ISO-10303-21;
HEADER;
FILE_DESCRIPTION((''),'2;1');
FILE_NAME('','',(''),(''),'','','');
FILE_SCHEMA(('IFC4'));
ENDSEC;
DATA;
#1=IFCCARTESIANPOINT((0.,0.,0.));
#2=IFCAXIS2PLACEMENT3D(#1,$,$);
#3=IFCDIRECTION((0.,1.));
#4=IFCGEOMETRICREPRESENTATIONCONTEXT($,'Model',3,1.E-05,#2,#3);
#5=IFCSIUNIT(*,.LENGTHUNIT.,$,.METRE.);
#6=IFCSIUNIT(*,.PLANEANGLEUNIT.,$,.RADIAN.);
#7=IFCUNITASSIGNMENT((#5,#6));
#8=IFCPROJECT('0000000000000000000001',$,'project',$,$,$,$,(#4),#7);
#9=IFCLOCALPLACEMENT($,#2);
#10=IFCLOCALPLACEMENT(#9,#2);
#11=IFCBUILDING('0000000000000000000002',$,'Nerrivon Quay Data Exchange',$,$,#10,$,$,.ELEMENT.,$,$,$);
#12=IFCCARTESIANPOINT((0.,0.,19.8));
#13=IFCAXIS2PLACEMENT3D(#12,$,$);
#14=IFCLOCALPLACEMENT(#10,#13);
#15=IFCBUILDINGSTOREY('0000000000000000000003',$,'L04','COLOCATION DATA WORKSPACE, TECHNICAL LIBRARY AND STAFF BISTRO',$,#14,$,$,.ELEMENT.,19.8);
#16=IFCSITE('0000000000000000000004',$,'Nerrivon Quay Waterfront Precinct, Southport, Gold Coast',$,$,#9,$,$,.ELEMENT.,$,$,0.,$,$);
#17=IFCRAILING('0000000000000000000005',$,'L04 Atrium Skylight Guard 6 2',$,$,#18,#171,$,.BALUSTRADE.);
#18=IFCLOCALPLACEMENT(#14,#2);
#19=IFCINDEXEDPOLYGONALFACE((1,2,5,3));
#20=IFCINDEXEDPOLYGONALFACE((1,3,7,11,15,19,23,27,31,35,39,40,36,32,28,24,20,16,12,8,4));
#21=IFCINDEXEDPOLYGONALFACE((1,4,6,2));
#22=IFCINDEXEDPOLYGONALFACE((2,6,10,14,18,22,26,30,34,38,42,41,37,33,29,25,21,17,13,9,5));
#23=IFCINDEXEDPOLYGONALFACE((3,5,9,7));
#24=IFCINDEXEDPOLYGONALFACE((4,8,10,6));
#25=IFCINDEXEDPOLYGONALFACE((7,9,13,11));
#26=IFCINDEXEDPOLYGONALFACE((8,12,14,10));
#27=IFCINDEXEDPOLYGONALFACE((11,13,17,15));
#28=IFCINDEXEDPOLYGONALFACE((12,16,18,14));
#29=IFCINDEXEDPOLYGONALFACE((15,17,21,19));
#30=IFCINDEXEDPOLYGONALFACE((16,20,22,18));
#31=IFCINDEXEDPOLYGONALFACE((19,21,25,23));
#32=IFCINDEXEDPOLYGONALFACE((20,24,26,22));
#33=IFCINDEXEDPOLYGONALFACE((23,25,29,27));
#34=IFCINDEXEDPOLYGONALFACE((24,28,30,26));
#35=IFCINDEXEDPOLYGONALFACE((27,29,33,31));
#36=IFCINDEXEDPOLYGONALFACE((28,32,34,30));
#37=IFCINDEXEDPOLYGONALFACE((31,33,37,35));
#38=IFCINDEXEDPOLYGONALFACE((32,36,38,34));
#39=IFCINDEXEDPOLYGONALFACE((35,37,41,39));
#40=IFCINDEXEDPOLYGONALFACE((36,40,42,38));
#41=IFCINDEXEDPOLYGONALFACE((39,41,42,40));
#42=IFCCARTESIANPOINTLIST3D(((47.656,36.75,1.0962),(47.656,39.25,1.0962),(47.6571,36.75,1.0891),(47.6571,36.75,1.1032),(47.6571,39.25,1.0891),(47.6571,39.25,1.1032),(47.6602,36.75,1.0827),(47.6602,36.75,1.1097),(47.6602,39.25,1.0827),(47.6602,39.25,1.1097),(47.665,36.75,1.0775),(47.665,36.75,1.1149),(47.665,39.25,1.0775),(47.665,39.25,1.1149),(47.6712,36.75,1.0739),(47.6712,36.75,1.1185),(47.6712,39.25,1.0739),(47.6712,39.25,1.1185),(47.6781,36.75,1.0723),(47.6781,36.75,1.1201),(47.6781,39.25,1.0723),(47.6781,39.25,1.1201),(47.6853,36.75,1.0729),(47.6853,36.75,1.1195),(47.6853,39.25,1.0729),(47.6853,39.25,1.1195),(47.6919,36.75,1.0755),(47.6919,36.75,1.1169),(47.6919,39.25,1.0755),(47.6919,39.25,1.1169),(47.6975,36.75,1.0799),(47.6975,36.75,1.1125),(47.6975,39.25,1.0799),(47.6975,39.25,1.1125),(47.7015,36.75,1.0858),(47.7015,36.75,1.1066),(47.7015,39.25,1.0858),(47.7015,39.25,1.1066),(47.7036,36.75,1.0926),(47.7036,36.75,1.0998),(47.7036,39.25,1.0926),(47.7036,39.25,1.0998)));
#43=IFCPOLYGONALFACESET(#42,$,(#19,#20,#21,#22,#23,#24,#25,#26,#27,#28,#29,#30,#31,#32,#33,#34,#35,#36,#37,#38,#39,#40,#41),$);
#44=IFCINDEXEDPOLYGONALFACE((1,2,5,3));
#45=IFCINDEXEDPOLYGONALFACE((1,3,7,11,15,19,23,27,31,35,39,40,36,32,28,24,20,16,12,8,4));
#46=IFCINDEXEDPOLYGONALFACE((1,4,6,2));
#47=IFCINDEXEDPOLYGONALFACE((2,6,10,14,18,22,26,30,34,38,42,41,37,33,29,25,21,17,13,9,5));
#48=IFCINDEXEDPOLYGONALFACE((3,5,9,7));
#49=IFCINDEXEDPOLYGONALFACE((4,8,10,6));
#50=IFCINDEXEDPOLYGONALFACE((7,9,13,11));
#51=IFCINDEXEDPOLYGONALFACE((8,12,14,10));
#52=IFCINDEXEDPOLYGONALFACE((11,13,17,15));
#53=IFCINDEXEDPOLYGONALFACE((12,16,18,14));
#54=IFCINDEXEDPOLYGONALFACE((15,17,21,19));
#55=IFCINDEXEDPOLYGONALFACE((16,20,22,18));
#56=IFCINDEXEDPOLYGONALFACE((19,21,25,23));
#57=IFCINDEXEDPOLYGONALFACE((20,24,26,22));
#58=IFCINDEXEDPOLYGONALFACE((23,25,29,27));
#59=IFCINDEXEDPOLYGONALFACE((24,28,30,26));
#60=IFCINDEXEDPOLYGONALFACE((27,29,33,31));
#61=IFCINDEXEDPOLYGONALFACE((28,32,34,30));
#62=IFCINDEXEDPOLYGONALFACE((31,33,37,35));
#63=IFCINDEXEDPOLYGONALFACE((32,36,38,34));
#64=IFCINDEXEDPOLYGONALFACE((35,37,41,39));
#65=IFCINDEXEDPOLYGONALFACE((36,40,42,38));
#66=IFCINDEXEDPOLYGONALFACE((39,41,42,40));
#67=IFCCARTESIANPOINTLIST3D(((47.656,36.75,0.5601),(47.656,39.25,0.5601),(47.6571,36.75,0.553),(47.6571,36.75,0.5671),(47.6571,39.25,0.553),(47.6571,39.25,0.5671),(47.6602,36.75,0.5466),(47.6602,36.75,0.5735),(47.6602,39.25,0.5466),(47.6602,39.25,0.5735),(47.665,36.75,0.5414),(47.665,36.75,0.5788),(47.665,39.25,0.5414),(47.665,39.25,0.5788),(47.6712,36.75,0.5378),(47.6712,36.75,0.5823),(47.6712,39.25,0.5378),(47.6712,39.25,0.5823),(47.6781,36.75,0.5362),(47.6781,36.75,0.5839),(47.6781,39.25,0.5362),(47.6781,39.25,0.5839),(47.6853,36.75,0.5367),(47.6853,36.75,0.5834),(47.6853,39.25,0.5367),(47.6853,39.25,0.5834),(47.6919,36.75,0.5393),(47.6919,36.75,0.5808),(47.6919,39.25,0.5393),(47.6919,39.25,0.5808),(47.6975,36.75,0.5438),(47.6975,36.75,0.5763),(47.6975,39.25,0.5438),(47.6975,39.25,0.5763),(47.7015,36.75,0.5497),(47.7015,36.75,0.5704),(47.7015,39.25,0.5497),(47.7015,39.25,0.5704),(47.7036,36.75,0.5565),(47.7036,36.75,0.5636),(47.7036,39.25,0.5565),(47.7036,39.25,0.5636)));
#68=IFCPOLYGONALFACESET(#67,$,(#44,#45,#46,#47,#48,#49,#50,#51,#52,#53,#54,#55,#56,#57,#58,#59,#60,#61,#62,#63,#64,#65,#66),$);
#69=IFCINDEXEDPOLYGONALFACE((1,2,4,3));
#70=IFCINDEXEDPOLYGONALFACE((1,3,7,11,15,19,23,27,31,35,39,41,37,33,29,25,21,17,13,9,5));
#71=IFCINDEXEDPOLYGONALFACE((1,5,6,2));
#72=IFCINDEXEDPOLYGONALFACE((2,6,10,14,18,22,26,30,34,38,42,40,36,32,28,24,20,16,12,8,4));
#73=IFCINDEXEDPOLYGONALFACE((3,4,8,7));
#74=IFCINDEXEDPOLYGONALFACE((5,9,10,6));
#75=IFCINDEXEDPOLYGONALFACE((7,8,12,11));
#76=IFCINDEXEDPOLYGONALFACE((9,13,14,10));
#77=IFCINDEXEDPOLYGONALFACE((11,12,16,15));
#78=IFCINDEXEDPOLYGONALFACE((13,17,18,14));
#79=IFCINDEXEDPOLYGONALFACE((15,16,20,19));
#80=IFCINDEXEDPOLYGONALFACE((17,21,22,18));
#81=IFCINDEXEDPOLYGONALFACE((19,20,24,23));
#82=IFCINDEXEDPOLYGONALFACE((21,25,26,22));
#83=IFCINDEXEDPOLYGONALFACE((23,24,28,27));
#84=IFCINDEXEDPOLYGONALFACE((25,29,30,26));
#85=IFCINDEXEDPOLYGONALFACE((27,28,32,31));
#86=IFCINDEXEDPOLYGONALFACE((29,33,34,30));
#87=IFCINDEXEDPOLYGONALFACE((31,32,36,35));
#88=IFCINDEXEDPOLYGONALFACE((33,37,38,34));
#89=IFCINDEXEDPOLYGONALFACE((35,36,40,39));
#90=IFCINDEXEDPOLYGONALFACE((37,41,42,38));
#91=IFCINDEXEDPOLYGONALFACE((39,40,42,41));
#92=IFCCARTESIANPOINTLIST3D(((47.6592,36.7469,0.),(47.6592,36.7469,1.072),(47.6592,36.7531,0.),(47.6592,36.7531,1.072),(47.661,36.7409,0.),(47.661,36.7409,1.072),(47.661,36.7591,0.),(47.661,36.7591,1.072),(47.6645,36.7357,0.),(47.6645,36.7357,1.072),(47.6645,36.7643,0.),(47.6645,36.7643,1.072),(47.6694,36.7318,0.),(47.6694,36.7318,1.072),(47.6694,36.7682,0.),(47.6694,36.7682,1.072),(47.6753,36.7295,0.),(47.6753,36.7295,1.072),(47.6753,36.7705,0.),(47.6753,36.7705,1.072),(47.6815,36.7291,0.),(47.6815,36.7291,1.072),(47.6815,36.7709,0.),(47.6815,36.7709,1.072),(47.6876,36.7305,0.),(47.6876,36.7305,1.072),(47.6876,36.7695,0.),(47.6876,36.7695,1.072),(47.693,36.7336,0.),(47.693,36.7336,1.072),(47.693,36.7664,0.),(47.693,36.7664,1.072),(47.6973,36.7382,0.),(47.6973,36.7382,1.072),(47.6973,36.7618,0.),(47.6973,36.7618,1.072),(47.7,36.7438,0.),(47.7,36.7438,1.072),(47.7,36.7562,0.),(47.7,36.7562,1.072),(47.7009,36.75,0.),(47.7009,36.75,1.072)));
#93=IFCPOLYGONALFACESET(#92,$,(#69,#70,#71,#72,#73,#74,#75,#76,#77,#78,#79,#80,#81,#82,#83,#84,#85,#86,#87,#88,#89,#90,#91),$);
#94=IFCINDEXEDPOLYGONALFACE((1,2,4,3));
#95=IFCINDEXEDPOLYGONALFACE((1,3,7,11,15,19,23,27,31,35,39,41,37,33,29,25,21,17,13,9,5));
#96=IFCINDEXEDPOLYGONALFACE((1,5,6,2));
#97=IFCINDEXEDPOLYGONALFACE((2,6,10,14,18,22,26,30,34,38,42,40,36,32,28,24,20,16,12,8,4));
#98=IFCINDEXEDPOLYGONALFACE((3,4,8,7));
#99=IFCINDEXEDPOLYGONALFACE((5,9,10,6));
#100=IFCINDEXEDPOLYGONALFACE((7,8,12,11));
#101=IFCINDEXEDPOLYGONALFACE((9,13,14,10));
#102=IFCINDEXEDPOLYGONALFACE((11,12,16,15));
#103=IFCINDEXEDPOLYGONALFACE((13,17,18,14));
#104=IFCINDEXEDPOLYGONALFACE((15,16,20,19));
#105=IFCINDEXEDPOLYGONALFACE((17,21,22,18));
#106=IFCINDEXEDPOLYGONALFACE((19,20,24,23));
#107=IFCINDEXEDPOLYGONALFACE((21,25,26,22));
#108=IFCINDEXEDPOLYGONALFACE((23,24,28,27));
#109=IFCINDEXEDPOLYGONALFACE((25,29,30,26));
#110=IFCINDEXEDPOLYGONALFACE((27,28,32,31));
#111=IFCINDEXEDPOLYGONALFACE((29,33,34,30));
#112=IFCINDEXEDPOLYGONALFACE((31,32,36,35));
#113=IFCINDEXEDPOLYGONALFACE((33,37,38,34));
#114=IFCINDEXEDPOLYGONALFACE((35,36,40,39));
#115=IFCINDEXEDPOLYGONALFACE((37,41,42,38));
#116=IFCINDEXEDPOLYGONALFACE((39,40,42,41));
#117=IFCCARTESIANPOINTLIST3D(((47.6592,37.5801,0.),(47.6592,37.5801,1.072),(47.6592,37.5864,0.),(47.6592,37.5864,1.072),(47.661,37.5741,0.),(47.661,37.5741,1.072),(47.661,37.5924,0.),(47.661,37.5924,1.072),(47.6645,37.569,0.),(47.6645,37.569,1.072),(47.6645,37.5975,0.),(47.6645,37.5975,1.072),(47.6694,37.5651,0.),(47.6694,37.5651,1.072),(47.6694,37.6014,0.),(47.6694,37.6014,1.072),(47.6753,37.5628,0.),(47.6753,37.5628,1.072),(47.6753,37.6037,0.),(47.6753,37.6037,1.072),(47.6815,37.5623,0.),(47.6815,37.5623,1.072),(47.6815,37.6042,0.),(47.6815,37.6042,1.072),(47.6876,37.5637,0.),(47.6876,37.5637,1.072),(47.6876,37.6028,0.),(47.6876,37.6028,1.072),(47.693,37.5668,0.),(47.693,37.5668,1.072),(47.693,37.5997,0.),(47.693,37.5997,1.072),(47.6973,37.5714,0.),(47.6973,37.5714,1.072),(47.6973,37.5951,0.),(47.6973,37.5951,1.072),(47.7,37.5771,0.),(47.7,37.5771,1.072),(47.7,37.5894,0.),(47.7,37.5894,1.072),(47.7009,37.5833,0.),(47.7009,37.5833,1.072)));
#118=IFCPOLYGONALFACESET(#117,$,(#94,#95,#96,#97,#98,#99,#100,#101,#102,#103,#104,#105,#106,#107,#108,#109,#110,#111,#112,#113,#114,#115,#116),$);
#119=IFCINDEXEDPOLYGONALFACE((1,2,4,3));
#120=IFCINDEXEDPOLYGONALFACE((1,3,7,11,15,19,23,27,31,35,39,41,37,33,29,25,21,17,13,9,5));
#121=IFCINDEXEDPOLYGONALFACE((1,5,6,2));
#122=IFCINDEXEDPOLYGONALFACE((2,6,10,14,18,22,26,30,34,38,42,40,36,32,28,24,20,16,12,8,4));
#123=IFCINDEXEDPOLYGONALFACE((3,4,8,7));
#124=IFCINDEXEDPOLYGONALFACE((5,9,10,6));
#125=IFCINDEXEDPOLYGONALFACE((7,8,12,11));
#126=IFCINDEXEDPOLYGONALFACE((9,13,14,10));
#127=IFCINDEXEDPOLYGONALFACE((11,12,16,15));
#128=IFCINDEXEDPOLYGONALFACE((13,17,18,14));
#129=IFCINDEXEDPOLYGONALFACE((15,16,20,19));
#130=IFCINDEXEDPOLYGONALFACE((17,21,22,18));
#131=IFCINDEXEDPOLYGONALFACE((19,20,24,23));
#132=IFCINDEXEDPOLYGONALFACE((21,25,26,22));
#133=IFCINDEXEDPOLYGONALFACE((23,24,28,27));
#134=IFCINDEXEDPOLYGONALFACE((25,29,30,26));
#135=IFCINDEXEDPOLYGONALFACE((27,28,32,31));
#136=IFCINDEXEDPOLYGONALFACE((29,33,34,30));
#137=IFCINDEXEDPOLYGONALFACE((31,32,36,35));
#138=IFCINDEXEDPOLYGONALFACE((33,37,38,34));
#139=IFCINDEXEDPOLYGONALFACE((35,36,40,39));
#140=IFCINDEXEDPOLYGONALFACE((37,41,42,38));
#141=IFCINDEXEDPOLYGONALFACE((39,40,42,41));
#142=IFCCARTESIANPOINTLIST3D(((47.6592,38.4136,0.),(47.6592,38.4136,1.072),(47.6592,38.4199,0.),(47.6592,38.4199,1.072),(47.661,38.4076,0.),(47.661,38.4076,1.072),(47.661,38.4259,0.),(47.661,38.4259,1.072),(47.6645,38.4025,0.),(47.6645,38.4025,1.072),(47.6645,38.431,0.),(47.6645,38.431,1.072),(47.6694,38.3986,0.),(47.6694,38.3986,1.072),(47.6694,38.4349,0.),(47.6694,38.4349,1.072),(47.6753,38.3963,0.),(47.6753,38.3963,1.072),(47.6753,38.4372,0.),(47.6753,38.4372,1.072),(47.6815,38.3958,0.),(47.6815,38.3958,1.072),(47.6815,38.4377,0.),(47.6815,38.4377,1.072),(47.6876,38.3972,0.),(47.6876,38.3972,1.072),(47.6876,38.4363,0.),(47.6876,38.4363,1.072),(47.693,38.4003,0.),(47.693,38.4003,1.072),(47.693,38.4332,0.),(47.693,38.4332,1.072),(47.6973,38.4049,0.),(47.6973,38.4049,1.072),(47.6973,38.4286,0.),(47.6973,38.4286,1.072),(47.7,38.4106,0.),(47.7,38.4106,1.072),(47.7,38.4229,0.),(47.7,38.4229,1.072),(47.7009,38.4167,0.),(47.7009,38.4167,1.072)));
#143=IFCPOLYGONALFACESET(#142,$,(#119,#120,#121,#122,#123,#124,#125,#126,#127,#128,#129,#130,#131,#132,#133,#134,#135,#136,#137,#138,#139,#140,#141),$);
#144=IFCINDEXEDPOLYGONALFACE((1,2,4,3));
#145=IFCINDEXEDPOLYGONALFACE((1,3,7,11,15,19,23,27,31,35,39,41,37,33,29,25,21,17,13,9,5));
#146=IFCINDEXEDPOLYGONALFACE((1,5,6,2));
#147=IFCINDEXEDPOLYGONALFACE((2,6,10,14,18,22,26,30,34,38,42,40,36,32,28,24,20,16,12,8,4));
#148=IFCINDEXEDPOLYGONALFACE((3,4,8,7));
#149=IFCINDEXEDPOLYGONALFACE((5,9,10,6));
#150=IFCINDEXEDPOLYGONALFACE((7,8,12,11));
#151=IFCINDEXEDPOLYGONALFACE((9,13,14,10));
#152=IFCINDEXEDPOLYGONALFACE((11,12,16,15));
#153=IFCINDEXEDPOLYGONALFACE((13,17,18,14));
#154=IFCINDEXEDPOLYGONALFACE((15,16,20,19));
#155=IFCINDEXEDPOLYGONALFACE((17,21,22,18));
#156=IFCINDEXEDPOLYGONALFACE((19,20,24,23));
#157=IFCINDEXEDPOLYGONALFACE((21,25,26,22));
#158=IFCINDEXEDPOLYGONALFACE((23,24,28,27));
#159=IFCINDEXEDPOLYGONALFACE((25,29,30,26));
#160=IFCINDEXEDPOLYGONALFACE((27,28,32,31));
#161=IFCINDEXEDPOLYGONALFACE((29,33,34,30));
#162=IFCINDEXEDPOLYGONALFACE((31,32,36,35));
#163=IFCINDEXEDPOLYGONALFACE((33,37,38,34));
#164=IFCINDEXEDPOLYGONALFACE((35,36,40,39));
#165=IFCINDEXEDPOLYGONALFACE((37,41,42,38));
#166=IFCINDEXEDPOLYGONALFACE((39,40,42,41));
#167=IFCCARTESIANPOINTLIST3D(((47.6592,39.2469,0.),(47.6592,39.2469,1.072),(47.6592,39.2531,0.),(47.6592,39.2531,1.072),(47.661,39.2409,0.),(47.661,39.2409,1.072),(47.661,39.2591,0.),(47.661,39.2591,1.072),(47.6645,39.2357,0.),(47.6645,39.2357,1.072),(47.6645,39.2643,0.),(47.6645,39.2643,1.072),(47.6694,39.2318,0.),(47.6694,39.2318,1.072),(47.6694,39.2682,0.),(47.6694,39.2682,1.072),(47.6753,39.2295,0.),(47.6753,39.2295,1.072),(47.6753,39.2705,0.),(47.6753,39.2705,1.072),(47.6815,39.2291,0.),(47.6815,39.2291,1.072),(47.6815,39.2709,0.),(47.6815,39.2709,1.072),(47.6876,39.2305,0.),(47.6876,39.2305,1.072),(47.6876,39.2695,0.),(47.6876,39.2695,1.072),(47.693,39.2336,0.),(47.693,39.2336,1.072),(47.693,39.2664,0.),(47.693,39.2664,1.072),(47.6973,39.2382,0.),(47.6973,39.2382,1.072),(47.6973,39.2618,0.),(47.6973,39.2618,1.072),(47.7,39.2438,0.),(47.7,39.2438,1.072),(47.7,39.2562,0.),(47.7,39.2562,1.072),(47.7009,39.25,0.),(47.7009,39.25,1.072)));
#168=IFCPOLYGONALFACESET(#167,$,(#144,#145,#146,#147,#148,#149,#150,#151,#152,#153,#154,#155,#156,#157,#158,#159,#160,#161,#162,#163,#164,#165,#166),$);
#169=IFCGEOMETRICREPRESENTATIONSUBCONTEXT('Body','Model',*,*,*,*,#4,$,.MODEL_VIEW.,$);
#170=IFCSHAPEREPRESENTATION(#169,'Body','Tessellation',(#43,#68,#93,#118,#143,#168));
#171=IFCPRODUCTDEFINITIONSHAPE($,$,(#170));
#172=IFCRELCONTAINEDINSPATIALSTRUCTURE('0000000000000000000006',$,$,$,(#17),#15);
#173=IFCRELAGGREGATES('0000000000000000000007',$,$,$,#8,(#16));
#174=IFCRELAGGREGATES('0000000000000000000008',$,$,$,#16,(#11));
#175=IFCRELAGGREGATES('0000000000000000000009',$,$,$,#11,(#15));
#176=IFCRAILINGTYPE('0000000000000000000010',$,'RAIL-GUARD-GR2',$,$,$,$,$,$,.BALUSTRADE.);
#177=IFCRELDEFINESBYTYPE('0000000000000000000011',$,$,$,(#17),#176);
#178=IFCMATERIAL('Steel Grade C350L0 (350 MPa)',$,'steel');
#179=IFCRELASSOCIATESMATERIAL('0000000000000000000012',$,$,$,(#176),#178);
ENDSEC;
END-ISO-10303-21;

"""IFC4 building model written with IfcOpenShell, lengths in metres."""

from ifc_helpers import new_model, si_unit, direction, frame, origin, origin_2d, place, context, subcontext, project, spatial, circle, extrude, material, type_object, element, save


model = new_model("IFC4")

# Units and contexts
model_context = context("Model", 3, precision=1e-05, world=origin(), true_north=direction((0.0, 1.0)))
body_context = subcontext(model_context, "Body", "Model", "MODEL_VIEW")
ifc_project = project(units=[si_unit("LENGTHUNIT", "METRE"), si_unit("PLANEANGLEUNIT", "RADIAN")], contexts=[model_context])

# Site, building, storey
site_placement = place(None, origin())
site = spatial("IfcSite", under=ifc_project, at=site_placement, Name="Nerrivon Quay Waterfront Precinct, Southport, Gold Coast", CompositionType="ELEMENT", RefElevation=0.0)
building_placement = place(site_placement, origin())
building = spatial("IfcBuilding", under=site, at=building_placement, Name="Nerrivon Quay Data Exchange", CompositionType="ELEMENT")
storey_placement = place(building_placement, frame((0.0, 0.0, 19.8)))
storey = spatial("IfcBuildingStorey", under=building, at=storey_placement, Name="L04", Description="COLOCATION DATA WORKSPACE, TECHNICAL LIBRARY AND STAFF BISTRO", CompositionType="ELEMENT", Elevation=19.8)

# Railing
ifc_material_1 = material(Name="Steel Grade C350L0 (350 MPa)", Category="steel")
railing_type = type_object("IfcRailingType", Name="RAIL-GUARD-GR2", PredefinedType="BALUSTRADE", material=ifc_material_1)
railing_1_placement = place(storey_placement, frame((47.6799, 36.75, 0.0)))
element("IfcRailing", 1, at=railing_1_placement, inside=storey, type_object=railing_type, Name="L04 Atrium Skylight Guard 6 2", PredefinedType="BALUSTRADE", context=body_context, shape_type="SweptSolid", body=[
    extrude(circle(Radius=0.0239, at=origin_2d()), frame((0.0, 0.0, 1.0962), z_axis=(0.0, 1.0, 0.0), x_axis=(-1.0, 0.0, 0.0)), (0.0, 0.0, 1.0), 2.5),
    extrude(circle(Radius=0.0239, at=origin_2d()), frame((0.0, 0.0, 0.5601), z_axis=(0.0, 1.0, 0.0), x_axis=(-1.0, 0.0, 0.0)), (0.0, 0.0, 1.0), 2.5),
    extrude(circle(Radius=0.021, at=origin_2d()), origin(), (0.0, 0.0, 1.0), 1.072),
    extrude(circle(Radius=0.021, at=origin_2d()), frame((0.0, 0.8333, 0.0)), (0.0, 0.0, 1.0), 1.072),
    extrude(circle(Radius=0.021, at=origin_2d()), frame((0.0, 1.6667, 0.0)), (0.0, 0.0, 1.0), 1.072),
    extrude(circle(Radius=0.021, at=origin_2d()), frame((0.0, 2.5, 0.0)), (0.0, 0.0, 1.0), 1.072),
])

save(model, "model.ifc")
